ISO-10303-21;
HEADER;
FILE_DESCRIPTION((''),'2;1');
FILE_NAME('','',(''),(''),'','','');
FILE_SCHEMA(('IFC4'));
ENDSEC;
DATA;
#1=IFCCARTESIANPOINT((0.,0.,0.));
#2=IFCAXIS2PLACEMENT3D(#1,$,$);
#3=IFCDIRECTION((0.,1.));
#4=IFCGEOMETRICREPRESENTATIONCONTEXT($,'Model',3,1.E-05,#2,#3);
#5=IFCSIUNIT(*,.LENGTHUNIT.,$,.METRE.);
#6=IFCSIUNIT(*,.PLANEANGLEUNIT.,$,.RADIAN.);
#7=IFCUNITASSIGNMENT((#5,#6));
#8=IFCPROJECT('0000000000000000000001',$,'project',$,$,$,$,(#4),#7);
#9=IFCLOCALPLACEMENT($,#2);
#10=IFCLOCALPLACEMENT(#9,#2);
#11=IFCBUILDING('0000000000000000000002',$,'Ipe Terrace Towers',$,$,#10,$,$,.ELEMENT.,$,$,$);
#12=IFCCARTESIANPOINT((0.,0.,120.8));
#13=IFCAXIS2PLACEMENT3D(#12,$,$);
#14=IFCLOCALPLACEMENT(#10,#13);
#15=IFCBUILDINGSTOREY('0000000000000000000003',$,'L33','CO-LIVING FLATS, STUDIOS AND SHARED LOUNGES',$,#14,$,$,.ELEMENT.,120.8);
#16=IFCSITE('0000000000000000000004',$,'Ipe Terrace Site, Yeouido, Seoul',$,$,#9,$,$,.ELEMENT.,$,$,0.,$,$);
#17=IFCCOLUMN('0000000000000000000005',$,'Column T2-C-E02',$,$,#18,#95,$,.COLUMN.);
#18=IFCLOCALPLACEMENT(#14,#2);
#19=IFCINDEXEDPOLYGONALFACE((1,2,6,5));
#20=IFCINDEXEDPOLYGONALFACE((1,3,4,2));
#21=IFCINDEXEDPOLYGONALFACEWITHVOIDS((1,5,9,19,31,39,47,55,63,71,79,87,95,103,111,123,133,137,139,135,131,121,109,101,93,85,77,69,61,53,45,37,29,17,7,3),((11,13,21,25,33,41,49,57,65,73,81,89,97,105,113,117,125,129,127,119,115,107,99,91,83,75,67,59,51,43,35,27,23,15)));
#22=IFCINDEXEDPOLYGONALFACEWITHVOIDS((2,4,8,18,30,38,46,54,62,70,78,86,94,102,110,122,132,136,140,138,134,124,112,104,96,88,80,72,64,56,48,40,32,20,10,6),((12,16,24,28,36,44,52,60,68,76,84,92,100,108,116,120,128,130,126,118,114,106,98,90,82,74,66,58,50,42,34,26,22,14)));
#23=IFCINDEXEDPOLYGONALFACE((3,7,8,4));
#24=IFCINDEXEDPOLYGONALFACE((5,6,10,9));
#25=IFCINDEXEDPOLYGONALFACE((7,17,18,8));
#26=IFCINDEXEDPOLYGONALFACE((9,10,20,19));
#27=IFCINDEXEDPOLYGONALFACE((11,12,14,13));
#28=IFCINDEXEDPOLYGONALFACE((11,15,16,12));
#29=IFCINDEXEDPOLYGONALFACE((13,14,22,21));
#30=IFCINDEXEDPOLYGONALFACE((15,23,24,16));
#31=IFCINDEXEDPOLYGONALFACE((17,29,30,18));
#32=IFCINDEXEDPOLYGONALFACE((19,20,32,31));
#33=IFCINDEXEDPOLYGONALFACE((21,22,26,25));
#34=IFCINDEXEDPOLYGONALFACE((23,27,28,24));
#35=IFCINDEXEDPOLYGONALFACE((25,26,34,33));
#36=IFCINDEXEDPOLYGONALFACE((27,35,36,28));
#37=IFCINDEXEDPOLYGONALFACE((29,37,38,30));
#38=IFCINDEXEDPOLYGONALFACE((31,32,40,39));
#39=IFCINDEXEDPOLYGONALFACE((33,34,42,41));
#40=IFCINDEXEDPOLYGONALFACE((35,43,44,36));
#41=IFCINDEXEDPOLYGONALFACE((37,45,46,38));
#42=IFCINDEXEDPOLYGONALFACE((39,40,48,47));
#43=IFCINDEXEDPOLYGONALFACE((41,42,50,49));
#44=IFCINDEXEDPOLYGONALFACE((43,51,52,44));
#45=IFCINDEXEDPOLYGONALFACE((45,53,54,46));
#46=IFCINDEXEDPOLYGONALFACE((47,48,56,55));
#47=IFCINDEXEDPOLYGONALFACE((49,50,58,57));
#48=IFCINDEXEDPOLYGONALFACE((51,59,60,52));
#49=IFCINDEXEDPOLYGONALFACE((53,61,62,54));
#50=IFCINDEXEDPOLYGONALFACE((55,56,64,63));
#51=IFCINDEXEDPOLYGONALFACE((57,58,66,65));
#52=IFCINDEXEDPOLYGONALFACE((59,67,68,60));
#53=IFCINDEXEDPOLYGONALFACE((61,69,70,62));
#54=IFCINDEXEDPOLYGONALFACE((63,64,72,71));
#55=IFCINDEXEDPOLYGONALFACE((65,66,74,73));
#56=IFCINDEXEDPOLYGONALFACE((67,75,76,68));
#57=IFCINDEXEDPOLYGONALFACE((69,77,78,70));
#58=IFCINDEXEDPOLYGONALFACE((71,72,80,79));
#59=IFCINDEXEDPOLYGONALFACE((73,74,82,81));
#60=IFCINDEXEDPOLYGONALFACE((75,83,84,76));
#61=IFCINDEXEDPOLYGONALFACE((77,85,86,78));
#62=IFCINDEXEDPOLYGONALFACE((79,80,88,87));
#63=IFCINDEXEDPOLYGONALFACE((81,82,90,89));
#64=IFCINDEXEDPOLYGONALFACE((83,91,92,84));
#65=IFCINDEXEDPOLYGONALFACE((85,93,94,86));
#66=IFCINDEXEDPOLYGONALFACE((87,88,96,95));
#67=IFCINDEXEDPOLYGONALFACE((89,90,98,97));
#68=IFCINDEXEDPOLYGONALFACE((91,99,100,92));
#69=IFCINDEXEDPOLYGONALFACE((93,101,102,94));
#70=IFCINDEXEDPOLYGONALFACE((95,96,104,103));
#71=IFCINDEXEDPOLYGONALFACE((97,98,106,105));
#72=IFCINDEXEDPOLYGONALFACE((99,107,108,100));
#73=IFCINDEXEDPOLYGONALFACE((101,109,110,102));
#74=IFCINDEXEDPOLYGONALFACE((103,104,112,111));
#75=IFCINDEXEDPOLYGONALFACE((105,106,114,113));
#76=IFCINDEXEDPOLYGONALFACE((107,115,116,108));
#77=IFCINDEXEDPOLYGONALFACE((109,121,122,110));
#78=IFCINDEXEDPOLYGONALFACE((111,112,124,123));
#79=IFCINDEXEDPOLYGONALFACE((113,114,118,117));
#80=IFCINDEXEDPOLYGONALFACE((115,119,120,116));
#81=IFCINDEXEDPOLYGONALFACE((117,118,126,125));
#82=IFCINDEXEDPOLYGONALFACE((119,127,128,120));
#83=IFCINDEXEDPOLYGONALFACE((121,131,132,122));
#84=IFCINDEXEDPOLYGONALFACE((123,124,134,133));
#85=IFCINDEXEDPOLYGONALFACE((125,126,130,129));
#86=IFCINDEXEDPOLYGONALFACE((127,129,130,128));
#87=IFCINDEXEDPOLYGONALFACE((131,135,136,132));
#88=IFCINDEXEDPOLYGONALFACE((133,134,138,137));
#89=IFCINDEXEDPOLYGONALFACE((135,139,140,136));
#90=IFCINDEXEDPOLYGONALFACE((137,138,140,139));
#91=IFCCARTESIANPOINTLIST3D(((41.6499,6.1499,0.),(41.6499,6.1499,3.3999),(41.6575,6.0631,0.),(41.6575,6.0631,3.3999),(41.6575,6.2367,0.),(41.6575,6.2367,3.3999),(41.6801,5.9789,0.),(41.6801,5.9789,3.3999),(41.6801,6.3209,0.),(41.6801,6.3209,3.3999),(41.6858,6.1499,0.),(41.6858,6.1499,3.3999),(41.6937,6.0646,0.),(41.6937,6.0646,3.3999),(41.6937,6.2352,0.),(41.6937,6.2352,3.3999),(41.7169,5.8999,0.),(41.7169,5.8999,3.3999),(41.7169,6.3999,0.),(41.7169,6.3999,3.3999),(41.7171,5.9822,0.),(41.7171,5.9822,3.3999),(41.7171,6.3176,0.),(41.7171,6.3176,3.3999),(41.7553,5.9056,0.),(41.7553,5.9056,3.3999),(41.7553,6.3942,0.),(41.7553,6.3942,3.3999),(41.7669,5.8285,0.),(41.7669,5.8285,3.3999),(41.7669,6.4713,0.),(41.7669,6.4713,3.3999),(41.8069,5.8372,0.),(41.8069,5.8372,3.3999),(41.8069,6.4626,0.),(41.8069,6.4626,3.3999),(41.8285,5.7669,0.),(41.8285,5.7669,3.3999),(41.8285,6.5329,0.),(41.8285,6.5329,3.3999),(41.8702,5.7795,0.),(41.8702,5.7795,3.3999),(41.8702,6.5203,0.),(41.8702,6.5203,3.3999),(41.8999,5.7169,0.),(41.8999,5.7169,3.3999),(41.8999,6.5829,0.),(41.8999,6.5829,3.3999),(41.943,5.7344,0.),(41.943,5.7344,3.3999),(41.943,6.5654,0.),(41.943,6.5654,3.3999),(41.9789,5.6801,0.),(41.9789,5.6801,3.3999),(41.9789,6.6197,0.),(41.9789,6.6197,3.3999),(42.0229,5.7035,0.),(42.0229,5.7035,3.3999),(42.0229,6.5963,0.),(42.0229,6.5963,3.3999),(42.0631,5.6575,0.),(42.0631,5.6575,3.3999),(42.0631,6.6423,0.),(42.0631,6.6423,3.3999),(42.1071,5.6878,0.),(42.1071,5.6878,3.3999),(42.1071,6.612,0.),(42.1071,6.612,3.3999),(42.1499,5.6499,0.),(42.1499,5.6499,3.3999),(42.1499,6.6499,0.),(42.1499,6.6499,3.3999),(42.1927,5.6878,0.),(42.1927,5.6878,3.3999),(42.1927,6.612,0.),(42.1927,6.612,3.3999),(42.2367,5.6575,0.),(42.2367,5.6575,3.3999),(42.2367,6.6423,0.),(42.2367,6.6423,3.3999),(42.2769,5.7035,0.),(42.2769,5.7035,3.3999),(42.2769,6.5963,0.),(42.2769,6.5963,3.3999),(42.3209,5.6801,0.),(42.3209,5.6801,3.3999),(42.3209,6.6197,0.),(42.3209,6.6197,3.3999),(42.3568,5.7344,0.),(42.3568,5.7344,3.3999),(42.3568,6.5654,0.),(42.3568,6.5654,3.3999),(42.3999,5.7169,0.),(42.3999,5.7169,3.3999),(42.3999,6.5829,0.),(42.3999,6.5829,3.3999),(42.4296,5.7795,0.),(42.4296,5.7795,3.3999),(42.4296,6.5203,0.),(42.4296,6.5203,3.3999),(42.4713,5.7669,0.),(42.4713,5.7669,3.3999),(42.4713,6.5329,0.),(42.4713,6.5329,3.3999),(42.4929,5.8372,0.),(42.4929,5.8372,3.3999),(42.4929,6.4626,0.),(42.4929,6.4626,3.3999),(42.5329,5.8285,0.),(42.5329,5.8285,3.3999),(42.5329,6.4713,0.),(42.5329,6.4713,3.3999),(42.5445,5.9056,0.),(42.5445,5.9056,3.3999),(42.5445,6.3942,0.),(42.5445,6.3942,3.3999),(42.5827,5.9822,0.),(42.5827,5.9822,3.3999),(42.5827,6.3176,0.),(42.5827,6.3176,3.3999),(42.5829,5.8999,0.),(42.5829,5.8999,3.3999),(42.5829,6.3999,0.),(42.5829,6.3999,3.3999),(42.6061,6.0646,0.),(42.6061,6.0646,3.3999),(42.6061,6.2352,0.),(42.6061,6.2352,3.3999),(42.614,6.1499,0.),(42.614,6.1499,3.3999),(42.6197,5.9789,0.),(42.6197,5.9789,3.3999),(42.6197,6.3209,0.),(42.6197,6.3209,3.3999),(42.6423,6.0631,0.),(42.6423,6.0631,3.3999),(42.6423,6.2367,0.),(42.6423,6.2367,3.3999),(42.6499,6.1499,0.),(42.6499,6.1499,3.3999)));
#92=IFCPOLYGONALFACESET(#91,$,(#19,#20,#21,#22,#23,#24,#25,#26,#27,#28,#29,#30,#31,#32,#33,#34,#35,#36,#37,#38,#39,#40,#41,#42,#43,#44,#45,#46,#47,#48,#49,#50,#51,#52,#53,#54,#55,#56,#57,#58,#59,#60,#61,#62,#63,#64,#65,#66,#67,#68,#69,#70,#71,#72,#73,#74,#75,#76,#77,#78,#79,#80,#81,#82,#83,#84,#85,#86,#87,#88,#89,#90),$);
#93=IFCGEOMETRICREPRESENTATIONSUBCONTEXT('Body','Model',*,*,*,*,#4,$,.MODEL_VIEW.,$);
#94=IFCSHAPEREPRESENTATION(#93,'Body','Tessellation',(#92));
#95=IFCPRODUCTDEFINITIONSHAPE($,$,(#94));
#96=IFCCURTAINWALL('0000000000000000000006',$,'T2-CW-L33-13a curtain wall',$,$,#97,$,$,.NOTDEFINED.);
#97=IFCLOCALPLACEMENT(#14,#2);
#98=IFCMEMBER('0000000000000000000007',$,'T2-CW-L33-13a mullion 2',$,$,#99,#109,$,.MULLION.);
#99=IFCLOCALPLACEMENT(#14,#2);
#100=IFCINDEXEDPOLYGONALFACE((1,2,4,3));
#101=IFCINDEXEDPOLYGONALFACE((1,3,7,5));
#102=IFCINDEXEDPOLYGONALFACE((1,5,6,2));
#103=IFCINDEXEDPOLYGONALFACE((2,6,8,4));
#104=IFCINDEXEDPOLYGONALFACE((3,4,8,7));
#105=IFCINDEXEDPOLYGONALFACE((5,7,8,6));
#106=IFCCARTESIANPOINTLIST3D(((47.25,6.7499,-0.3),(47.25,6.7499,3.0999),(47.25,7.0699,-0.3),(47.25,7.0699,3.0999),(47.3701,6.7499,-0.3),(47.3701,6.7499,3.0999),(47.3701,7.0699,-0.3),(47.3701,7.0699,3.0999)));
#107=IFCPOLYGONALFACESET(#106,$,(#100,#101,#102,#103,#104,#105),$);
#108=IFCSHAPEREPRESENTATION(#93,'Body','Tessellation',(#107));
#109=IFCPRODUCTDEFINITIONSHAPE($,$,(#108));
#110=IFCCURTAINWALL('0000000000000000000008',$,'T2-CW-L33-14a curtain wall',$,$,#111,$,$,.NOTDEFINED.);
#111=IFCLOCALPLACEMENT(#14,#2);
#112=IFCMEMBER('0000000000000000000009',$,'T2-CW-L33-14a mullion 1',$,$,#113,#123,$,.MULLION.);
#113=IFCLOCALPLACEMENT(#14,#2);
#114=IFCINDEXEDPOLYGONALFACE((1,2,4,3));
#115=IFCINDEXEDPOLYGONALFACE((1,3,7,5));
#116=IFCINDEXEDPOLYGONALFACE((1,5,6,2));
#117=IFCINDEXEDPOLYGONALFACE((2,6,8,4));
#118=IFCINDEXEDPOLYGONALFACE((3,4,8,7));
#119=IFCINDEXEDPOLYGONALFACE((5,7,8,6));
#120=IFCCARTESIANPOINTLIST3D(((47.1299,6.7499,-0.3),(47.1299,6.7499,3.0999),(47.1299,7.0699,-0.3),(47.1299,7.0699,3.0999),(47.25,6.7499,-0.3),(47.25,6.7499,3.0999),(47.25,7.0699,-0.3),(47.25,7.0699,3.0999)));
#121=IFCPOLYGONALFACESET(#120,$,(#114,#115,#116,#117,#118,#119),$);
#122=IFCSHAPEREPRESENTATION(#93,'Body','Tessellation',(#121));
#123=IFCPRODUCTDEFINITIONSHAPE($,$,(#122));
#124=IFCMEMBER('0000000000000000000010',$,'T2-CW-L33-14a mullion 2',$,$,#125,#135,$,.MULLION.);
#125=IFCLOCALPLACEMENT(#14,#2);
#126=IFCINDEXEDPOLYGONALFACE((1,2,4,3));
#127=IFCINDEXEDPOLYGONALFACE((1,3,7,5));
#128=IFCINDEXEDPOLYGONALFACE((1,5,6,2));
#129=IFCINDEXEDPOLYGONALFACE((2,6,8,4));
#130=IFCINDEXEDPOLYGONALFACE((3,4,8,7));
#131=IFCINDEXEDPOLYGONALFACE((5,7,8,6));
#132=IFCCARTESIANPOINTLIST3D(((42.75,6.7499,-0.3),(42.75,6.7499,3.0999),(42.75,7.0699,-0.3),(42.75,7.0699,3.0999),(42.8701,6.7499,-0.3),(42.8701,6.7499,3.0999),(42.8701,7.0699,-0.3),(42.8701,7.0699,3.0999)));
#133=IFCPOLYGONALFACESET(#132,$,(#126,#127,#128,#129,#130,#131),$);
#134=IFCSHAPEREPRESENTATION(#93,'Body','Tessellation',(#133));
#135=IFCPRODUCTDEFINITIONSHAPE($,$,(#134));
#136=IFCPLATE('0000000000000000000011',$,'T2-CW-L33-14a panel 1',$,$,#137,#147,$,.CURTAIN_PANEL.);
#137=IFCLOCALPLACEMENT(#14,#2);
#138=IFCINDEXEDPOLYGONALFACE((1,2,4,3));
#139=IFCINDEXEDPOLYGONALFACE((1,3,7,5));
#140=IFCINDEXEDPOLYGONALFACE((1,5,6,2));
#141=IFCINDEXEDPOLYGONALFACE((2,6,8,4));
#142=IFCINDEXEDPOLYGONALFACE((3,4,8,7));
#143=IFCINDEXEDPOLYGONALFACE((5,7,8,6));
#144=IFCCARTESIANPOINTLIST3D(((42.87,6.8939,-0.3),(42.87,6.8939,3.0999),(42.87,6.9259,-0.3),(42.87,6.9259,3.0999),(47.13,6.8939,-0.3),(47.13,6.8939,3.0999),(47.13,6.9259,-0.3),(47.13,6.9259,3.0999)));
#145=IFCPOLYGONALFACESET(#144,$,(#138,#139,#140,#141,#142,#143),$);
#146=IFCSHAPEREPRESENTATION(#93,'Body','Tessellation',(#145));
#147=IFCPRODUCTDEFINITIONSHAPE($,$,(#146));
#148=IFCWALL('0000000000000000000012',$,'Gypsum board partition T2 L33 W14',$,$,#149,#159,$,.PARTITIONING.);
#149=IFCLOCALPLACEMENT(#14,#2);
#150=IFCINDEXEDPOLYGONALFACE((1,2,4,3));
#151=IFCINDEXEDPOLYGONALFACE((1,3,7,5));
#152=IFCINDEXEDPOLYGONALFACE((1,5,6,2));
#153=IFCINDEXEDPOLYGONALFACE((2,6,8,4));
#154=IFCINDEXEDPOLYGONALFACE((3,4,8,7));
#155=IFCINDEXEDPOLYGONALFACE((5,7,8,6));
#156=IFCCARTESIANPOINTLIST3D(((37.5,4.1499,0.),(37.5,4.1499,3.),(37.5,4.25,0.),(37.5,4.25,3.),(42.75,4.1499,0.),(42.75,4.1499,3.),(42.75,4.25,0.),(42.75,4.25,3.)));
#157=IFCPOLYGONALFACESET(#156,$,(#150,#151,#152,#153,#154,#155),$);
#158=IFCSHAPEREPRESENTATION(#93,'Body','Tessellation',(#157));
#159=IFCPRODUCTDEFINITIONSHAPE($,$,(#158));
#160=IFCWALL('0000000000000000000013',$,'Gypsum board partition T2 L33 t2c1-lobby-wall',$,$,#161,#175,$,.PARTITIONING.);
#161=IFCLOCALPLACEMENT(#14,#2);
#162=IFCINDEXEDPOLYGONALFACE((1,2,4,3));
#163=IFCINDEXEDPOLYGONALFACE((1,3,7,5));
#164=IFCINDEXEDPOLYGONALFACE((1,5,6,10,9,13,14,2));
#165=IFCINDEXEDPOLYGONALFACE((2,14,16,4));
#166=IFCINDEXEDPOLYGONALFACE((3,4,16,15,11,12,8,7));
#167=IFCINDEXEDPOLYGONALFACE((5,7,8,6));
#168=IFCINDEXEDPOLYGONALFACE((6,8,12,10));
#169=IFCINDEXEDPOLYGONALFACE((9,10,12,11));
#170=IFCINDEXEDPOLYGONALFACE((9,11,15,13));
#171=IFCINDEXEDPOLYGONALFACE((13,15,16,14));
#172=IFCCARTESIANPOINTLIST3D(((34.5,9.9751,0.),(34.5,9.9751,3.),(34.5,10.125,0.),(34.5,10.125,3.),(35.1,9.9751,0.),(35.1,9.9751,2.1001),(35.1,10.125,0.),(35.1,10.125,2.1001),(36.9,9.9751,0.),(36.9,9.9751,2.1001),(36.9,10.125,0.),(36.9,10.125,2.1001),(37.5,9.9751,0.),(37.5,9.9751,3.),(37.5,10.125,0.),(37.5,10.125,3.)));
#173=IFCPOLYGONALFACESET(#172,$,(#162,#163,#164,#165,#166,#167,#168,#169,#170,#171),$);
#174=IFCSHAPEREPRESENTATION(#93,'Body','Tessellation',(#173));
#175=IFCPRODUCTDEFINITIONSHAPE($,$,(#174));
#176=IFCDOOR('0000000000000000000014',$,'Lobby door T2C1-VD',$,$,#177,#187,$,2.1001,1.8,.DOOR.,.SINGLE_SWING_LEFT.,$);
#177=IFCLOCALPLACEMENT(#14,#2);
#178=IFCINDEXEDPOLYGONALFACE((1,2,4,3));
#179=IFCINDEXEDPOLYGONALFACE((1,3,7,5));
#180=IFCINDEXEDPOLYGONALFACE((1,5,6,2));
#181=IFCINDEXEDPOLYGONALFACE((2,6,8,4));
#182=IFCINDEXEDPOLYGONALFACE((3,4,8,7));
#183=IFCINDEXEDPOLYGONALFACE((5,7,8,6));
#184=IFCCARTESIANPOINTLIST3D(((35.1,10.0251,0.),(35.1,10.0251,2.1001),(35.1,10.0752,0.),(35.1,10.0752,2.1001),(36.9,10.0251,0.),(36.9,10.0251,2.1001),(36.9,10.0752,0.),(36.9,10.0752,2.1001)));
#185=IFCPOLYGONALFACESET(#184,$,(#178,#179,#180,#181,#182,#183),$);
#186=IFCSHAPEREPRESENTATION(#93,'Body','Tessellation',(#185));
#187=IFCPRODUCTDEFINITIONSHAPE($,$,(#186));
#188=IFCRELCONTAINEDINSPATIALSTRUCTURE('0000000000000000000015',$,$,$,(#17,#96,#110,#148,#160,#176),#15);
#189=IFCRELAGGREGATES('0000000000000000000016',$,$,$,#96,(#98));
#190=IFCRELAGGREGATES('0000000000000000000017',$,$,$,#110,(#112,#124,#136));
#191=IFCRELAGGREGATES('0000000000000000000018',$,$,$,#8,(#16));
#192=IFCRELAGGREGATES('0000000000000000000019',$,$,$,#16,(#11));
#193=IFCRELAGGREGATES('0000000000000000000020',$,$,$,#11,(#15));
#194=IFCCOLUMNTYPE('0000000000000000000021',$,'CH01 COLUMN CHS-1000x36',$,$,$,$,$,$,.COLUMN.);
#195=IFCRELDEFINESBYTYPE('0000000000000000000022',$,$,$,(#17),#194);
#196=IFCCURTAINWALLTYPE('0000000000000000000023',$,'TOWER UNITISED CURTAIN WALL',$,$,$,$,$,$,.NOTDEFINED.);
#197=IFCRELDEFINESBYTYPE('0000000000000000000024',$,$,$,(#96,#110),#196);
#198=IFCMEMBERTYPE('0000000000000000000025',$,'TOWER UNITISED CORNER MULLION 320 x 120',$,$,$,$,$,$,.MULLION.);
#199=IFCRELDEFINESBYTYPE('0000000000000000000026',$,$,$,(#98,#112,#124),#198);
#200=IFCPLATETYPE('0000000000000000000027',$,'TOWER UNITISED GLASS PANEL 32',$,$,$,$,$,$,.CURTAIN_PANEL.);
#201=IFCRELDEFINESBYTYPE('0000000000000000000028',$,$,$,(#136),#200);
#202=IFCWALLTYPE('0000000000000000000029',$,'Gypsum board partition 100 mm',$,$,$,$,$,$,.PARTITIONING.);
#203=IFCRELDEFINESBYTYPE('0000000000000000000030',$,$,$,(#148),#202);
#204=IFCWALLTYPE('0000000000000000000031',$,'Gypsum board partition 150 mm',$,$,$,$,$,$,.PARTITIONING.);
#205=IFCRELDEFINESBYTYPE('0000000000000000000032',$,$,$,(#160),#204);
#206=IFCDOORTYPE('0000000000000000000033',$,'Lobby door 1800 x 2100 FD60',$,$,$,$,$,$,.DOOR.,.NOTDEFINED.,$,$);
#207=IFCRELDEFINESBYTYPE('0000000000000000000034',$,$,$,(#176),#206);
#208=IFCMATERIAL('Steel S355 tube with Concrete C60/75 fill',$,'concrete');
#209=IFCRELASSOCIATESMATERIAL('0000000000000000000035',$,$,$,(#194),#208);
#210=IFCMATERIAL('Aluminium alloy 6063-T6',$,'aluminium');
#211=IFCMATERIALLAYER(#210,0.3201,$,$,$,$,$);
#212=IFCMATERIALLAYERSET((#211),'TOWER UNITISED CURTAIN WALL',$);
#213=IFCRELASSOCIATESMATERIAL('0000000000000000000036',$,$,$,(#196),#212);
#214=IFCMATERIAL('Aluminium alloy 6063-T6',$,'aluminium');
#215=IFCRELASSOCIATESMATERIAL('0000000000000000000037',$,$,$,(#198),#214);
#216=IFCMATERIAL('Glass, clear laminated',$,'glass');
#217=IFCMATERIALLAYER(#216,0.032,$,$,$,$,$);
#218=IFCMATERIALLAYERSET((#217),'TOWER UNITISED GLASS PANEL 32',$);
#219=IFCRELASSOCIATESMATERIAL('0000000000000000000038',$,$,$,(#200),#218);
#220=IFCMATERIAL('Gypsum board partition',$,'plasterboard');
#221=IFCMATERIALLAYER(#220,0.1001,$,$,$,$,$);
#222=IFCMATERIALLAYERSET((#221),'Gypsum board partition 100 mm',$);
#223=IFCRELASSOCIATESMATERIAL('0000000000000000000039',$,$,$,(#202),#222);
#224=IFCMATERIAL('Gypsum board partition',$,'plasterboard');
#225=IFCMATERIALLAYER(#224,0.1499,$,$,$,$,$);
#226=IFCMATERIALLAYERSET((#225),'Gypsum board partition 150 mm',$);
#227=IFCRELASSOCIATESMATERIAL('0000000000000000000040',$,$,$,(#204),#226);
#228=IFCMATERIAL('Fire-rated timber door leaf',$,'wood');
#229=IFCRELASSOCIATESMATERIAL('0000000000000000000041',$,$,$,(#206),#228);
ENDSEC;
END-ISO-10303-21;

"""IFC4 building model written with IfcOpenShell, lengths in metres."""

from ifc_helpers import new_model, si_unit, direction, frame, frame_2d, origin, origin_2d, place, context, subcontext, project, spatial, rectangle, hollow_circle, extrude, material, layer, layer_set, material_profile, profile_set, type_object, element, fill, aggregate, save


model = new_model("IFC4")

# Units and contexts
model_context = context("Model", 3, precision=1e-05, world=origin(), true_north=direction((0.0, 1.0)))
body_context = subcontext(model_context, "Body", "Model", "MODEL_VIEW")
ifc_project = project(units=[si_unit("LENGTHUNIT", "METRE"), si_unit("PLANEANGLEUNIT", "RADIAN")], contexts=[model_context])

# Site, building, storey
site_placement = place(None, origin())
site = spatial("IfcSite", under=ifc_project, at=site_placement, Name="Ipe Terrace Site, Yeouido, Seoul", CompositionType="ELEMENT", RefElevation=0.0)
building_placement = place(site_placement, origin())
building = spatial("IfcBuilding", under=site, at=building_placement, Name="Ipe Terrace Towers", CompositionType="ELEMENT")
storey_placement = place(building_placement, frame((0.0, 0.0, 120.8)))
storey = spatial("IfcBuildingStorey", under=building, at=storey_placement, Name="L33", Description="CO-LIVING FLATS, STUDIOS AND SHARED LOUNGES", CompositionType="ELEMENT", Elevation=120.8)

# Column
ifc_material_1 = material(Name="Steel S355 tube with Concrete C60/75 fill", Category="concrete")
ifc_material_profile_1 = material_profile(ifc_material_1, hollow_circle(Radius=0.5, WallThickness=0.0359, at=origin_2d()), Name="CHS-1000x36")
ifc_profile_set_1 = profile_set([ifc_material_profile_1], Name="Steel S355 tube with Concrete C60/75 fill")
column_type = type_object("IfcColumnType", Name="CH01 COLUMN CHS-1000x36", PredefinedType="COLUMN", material=ifc_profile_set_1)
column_placement = place(storey_placement, frame((42.1499, 6.1499, 0.0), z_axis=(0.0, 0.0, 1.0), x_axis=(1.0, 0.0, 0.0)))
element("IfcColumn", 1, at=column_placement, inside=storey, type_object=column_type, Name="Column T2-C-E02", PredefinedType="COLUMN", context=body_context, shape_type="SweptSolid", body=[
    extrude(hollow_circle(Radius=0.5, WallThickness=0.0359, at=origin_2d()), origin(), (0.0, 0.0, 1.0), 3.3999),
])

# Curtain wall, member
ifc_material_2 = material(Name="Aluminium alloy 6063-T6", Category="aluminium")
ifc_layer_1 = layer(ifc_material_2, 0.3201)
ifc_layer_set_1 = layer_set([ifc_layer_1], Name="TOWER UNITISED CURTAIN WALL")
curtain_wall_type = type_object("IfcCurtainWallType", Name="TOWER UNITISED CURTAIN WALL", PredefinedType="NOTDEFINED", material=ifc_layer_set_1)
curtain_wall_1_placement = place(storey_placement, origin())
curtain_wall_1 = element("IfcCurtainWall", 2, at=curtain_wall_1_placement, inside=storey, type_object=curtain_wall_type, Name="T2-CW-L33-13a curtain wall", PredefinedType="NOTDEFINED")
ifc_material_3 = material(Name="Aluminium alloy 6063-T6", Category="aluminium")
ifc_material_profile_2 = material_profile(ifc_material_3, rectangle(XDim=0.3201, YDim=0.1201, at=origin_2d()), Name="TOWER UNITISED CORNER MULLION 320 x 120")
ifc_profile_set_2 = profile_set([ifc_material_profile_2], Name="Aluminium alloy 6063-T6")
member_type = type_object("IfcMemberType", Name="TOWER UNITISED CORNER MULLION 320 x 120", PredefinedType="MULLION", material=ifc_profile_set_2)
member_1_placement = place(storey_placement, frame((47.3101, 6.9099, -0.3), z_axis=(0.0, 0.0, 1.0), x_axis=(0.0, 1.0, 0.0)))
member_1 = element("IfcMember", 3, at=member_1_placement, type_object=member_type, Name="T2-CW-L33-13a mullion 2", PredefinedType="MULLION", context=body_context, shape_type="SweptSolid", body=[
    extrude(rectangle(XDim=0.3201, YDim=0.1201, at=origin_2d()), origin(), (0.0, 0.0, 1.0), 3.3999),
])
aggregate(curtain_wall_1, [member_1])

# Curtain wall, members, plate
curtain_wall_2_placement = place(storey_placement, origin())
curtain_wall_2 = element("IfcCurtainWall", 4, at=curtain_wall_2_placement, inside=storey, type_object=curtain_wall_type, Name="T2-CW-L33-14a curtain wall", PredefinedType="NOTDEFINED")
member_2_placement = place(storey_placement, frame((47.1899, 6.9099, -0.3), z_axis=(0.0, 0.0, 1.0), x_axis=(0.0, 1.0, 0.0)))
member_2 = element("IfcMember", 5, at=member_2_placement, type_object=member_type, Name="T2-CW-L33-14a mullion 1", PredefinedType="MULLION", context=body_context, shape_type="SweptSolid", body=[
    extrude(rectangle(XDim=0.3201, YDim=0.1201, at=origin_2d()), origin(), (0.0, 0.0, 1.0), 3.3999),
])
member_3_placement = place(storey_placement, frame((42.8101, 6.9099, -0.3), z_axis=(0.0, 0.0, 1.0), x_axis=(0.0, 1.0, 0.0)))
member_3 = element("IfcMember", 6, at=member_3_placement, type_object=member_type, Name="T2-CW-L33-14a mullion 2", PredefinedType="MULLION", context=body_context, shape_type="SweptSolid", body=[
    extrude(rectangle(XDim=0.3201, YDim=0.1201, at=origin_2d()), origin(), (0.0, 0.0, 1.0), 3.3999),
])
ifc_material_4 = material(Name="Glass, clear laminated", Category="glass")
ifc_layer_2 = layer(ifc_material_4, 0.032)
ifc_layer_set_2 = layer_set([ifc_layer_2], Name="TOWER UNITISED GLASS PANEL 32")
plate_type = type_object("IfcPlateType", Name="TOWER UNITISED GLASS PANEL 32", PredefinedType="CURTAIN_PANEL", material=ifc_layer_set_2)
plate_placement = place(storey_placement, frame((45.0, 6.9099, -0.3), z_axis=(0.0, 0.0, 1.0), x_axis=(-1.0, 0.0, 0.0)))
plate = element("IfcPlate", 7, at=plate_placement, type_object=plate_type, Name="T2-CW-L33-14a panel 1", PredefinedType="CURTAIN_PANEL", context=body_context, shape_type="SweptSolid", body=[
    extrude(rectangle(XDim=4.26, YDim=0.032, at=origin_2d()), origin(), (0.0, 0.0, 1.0), 3.3999),
])
aggregate(curtain_wall_2, [member_2, member_3, plate])

# Wall
ifc_material_5 = material(Name="Gypsum board partition", Category="plasterboard")
ifc_layer_3 = layer(ifc_material_5, 0.1001)
ifc_layer_set_3 = layer_set([ifc_layer_3], Name="Gypsum board partition 100 mm")
wall_type_1 = type_object("IfcWallType", Name="Gypsum board partition 100 mm", PredefinedType="PARTITIONING", material=ifc_layer_set_3)
wall_1_placement = place(storey_placement, frame((42.75, 4.2, 0.0), z_axis=(0.0, 0.0, 1.0), x_axis=(-1.0, 0.0, 0.0)))
element("IfcWall", 8, at=wall_1_placement, inside=storey, type_object=wall_type_1, Name="Gypsum board partition T2 L33 W14", PredefinedType="PARTITIONING", context=body_context, shape_type="SweptSolid", body=[
    extrude(rectangle(XDim=5.25, YDim=0.1001, at=frame_2d((2.625, 0.0))), origin(), (0.0, 0.0, 1.0), 3.0),
])

# Wall, opening, door
ifc_material_6 = material(Name="Gypsum board partition", Category="plasterboard")
ifc_layer_4 = layer(ifc_material_6, 0.1499)
ifc_layer_set_4 = layer_set([ifc_layer_4], Name="Gypsum board partition 150 mm")
wall_type_2 = type_object("IfcWallType", Name="Gypsum board partition 150 mm", PredefinedType="PARTITIONING", material=ifc_layer_set_4)
wall_2_placement = place(storey_placement, frame((37.5, 10.05, 0.0), z_axis=(0.0, 0.0, 1.0), x_axis=(-1.0, 0.0, 0.0)))
wall_2 = element("IfcWall", 9, at=wall_2_placement, inside=storey, type_object=wall_type_2, Name="Gypsum board partition T2 L33 t2c1-lobby-wall", PredefinedType="PARTITIONING", context=body_context, shape_type="SweptSolid", body=[
    extrude(rectangle(XDim=3.0, YDim=0.1499, at=frame_2d((1.5, 0.0))), origin(), (0.0, 0.0, 1.0), 3.0),
])
opening_1_placement = place(wall_2_placement, frame((0.6001, 0.0, 0.0)))
opening_1 = element("IfcOpeningElement", 10, at=opening_1_placement, cuts=wall_2, PredefinedType="OPENING", context=body_context, shape_type="SweptSolid", body=[
    extrude(rectangle(XDim=1.8, YDim=2.1001, at=frame_2d((0.8999, 1.05))), frame((0.0, 0.085, 0.0), z_axis=(0.0, -1.0, 0.0), x_axis=(1.0, 0.0, 0.0)), (0.0, 0.0, 1.0), 0.1699),
])
ifc_material_7 = material(Name="Fire-rated timber door leaf", Category="wood")
door_type_1 = type_object("IfcDoorType", Name="Lobby door 1800 x 2100 FD60", OperationType="NOTDEFINED", PredefinedType="DOOR", material=ifc_material_7)
door_1_placement = place(opening_1_placement, origin())
door_1 = element("IfcDoor", 11, at=door_1_placement, inside=storey, type_object=door_type_1, Name="Lobby door T2C1-VD", OperationType="SINGLE_SWING_LEFT", OverallHeight=2.1001, OverallWidth=1.8, PredefinedType="DOOR", context=body_context, shape_type="SweptSolid", body=[
    extrude(rectangle(XDim=1.8, YDim=2.1001, at=frame_2d((0.8999, 1.05))), frame((0.0, 0.0249, 0.0), z_axis=(0.0, -1.0, 0.0), x_axis=(1.0, 0.0, 0.0)), (0.0, 0.0, 1.0), 0.05),
])
fill(opening_1, door_1)

save(model, "model.ifc")
